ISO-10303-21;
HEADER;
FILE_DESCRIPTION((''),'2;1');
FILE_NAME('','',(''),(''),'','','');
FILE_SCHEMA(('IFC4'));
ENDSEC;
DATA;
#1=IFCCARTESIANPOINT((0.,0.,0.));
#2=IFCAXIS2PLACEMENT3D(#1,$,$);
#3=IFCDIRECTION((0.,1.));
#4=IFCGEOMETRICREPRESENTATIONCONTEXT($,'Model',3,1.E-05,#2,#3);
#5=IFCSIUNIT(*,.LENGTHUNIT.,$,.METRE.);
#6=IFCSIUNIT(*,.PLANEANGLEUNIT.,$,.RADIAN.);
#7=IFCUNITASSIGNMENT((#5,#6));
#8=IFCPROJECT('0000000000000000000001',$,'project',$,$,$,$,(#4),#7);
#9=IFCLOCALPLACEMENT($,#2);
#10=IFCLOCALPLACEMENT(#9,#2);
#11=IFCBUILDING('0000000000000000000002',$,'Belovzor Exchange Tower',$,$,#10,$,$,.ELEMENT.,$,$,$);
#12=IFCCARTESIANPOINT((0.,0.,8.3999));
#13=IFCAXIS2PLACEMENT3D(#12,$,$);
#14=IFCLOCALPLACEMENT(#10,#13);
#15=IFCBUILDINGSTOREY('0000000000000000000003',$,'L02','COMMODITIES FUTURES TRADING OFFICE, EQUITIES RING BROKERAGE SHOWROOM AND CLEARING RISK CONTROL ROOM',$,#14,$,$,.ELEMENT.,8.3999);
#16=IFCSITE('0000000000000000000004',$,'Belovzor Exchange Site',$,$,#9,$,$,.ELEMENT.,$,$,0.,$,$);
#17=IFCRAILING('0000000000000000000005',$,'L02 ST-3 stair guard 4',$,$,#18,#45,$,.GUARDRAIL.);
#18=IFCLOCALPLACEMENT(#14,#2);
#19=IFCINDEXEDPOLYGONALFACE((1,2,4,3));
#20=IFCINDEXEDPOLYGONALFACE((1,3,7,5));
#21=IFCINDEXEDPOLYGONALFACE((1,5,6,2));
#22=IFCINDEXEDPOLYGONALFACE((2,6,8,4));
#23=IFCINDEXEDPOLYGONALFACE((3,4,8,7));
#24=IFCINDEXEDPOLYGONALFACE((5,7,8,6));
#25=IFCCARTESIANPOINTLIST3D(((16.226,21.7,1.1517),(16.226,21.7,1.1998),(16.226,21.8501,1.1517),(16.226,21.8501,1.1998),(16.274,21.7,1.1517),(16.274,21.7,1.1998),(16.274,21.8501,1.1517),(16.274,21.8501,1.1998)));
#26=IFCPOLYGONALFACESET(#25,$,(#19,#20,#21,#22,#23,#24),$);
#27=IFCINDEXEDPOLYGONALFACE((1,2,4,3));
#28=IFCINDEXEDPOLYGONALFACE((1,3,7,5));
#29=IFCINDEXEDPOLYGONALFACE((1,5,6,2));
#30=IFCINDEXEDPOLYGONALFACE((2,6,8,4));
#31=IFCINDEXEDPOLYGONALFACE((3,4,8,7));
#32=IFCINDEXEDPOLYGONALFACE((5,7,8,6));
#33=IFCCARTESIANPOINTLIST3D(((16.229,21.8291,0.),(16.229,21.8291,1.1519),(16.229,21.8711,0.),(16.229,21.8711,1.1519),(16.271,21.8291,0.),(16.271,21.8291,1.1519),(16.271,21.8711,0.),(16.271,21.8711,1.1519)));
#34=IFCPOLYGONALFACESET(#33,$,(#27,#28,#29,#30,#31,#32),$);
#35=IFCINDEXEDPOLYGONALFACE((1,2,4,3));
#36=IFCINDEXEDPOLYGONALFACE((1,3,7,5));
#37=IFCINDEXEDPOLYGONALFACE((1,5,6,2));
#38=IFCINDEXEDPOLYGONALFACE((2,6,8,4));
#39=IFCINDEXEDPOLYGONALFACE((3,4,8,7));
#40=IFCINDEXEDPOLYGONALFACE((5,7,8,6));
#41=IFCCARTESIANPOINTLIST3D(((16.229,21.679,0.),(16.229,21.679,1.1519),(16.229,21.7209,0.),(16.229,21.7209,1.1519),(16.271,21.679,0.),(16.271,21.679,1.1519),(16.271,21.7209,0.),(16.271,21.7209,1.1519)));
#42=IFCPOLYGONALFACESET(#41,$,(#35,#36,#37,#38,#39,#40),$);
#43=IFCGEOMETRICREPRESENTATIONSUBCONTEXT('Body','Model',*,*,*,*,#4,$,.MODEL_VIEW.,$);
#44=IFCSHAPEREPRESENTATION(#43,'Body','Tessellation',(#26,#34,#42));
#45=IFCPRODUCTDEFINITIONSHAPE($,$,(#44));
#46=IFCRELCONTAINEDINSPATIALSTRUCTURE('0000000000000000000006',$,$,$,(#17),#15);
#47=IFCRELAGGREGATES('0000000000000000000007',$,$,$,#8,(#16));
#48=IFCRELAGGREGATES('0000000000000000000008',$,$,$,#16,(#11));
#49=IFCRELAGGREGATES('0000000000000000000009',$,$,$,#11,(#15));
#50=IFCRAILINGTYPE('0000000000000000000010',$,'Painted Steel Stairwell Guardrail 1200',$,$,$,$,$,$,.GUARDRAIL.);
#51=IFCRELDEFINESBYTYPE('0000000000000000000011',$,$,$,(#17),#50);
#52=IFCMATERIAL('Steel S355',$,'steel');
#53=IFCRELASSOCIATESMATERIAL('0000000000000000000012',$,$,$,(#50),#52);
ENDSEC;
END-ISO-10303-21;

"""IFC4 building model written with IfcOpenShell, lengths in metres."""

from ifc_helpers import new_model, si_unit, direction, frame, origin, origin_2d, place, context, subcontext, project, spatial, rectangle, extrude, material, type_object, element, save


model = new_model("IFC4")

# Units and contexts
model_context = context("Model", 3, precision=1e-05, world=origin(), true_north=direction((0.0, 1.0)))
body_context = subcontext(model_context, "Body", "Model", "MODEL_VIEW")
ifc_project = project(units=[si_unit("LENGTHUNIT", "METRE"), si_unit("PLANEANGLEUNIT", "RADIAN")], contexts=[model_context])

# Site, building, storey
site_placement = place(None, origin())
site = spatial("IfcSite", under=ifc_project, at=site_placement, Name="Belovzor Exchange Site", CompositionType="ELEMENT", RefElevation=0.0)
building_placement = place(site_placement, origin())
building = spatial("IfcBuilding", under=site, at=building_placement, Name="Belovzor Exchange Tower", CompositionType="ELEMENT")
storey_placement = place(building_placement, frame((0.0, 0.0, 8.3999)))
storey = spatial("IfcBuildingStorey", under=building, at=storey_placement, Name="L02", Description="COMMODITIES FUTURES TRADING OFFICE, EQUITIES RING BROKERAGE SHOWROOM AND CLEARING RISK CONTROL ROOM", CompositionType="ELEMENT", Elevation=8.3999)

# Railing
ifc_material_1 = material(Name="Steel S355", Category="steel")
railing_type_1 = type_object("IfcRailingType", Name="Painted Steel Stairwell Guardrail 1200", PredefinedType="GUARDRAIL", material=ifc_material_1)
railing_1_placement = place(storey_placement, frame((16.25, 21.8501, 0.0)))
element("IfcRailing", 1, at=railing_1_placement, inside=storey, type_object=railing_type_1, Name="L02 ST-3 stair guard 4", PredefinedType="GUARDRAIL", context=body_context, shape_type="SweptSolid", body=[
    extrude(rectangle(XDim=0.0481, YDim=0.0481, at=origin_2d()), frame((0.0, 0.0, 1.1758), z_axis=(0.0, -1.0, 0.0), x_axis=(1.0, 0.0, 0.0)), (0.0, 0.0, 1.0), 0.1501),
    extrude(rectangle(XDim=0.042, YDim=0.042, at=origin_2d()), origin(), (0.0, 0.0, 1.0), 1.1519),
    extrude(rectangle(XDim=0.042, YDim=0.042, at=origin_2d()), frame((0.0, -0.1501, 0.0)), (0.0, 0.0, 1.0), 1.1519),
])

save(model, "model.ifc")
